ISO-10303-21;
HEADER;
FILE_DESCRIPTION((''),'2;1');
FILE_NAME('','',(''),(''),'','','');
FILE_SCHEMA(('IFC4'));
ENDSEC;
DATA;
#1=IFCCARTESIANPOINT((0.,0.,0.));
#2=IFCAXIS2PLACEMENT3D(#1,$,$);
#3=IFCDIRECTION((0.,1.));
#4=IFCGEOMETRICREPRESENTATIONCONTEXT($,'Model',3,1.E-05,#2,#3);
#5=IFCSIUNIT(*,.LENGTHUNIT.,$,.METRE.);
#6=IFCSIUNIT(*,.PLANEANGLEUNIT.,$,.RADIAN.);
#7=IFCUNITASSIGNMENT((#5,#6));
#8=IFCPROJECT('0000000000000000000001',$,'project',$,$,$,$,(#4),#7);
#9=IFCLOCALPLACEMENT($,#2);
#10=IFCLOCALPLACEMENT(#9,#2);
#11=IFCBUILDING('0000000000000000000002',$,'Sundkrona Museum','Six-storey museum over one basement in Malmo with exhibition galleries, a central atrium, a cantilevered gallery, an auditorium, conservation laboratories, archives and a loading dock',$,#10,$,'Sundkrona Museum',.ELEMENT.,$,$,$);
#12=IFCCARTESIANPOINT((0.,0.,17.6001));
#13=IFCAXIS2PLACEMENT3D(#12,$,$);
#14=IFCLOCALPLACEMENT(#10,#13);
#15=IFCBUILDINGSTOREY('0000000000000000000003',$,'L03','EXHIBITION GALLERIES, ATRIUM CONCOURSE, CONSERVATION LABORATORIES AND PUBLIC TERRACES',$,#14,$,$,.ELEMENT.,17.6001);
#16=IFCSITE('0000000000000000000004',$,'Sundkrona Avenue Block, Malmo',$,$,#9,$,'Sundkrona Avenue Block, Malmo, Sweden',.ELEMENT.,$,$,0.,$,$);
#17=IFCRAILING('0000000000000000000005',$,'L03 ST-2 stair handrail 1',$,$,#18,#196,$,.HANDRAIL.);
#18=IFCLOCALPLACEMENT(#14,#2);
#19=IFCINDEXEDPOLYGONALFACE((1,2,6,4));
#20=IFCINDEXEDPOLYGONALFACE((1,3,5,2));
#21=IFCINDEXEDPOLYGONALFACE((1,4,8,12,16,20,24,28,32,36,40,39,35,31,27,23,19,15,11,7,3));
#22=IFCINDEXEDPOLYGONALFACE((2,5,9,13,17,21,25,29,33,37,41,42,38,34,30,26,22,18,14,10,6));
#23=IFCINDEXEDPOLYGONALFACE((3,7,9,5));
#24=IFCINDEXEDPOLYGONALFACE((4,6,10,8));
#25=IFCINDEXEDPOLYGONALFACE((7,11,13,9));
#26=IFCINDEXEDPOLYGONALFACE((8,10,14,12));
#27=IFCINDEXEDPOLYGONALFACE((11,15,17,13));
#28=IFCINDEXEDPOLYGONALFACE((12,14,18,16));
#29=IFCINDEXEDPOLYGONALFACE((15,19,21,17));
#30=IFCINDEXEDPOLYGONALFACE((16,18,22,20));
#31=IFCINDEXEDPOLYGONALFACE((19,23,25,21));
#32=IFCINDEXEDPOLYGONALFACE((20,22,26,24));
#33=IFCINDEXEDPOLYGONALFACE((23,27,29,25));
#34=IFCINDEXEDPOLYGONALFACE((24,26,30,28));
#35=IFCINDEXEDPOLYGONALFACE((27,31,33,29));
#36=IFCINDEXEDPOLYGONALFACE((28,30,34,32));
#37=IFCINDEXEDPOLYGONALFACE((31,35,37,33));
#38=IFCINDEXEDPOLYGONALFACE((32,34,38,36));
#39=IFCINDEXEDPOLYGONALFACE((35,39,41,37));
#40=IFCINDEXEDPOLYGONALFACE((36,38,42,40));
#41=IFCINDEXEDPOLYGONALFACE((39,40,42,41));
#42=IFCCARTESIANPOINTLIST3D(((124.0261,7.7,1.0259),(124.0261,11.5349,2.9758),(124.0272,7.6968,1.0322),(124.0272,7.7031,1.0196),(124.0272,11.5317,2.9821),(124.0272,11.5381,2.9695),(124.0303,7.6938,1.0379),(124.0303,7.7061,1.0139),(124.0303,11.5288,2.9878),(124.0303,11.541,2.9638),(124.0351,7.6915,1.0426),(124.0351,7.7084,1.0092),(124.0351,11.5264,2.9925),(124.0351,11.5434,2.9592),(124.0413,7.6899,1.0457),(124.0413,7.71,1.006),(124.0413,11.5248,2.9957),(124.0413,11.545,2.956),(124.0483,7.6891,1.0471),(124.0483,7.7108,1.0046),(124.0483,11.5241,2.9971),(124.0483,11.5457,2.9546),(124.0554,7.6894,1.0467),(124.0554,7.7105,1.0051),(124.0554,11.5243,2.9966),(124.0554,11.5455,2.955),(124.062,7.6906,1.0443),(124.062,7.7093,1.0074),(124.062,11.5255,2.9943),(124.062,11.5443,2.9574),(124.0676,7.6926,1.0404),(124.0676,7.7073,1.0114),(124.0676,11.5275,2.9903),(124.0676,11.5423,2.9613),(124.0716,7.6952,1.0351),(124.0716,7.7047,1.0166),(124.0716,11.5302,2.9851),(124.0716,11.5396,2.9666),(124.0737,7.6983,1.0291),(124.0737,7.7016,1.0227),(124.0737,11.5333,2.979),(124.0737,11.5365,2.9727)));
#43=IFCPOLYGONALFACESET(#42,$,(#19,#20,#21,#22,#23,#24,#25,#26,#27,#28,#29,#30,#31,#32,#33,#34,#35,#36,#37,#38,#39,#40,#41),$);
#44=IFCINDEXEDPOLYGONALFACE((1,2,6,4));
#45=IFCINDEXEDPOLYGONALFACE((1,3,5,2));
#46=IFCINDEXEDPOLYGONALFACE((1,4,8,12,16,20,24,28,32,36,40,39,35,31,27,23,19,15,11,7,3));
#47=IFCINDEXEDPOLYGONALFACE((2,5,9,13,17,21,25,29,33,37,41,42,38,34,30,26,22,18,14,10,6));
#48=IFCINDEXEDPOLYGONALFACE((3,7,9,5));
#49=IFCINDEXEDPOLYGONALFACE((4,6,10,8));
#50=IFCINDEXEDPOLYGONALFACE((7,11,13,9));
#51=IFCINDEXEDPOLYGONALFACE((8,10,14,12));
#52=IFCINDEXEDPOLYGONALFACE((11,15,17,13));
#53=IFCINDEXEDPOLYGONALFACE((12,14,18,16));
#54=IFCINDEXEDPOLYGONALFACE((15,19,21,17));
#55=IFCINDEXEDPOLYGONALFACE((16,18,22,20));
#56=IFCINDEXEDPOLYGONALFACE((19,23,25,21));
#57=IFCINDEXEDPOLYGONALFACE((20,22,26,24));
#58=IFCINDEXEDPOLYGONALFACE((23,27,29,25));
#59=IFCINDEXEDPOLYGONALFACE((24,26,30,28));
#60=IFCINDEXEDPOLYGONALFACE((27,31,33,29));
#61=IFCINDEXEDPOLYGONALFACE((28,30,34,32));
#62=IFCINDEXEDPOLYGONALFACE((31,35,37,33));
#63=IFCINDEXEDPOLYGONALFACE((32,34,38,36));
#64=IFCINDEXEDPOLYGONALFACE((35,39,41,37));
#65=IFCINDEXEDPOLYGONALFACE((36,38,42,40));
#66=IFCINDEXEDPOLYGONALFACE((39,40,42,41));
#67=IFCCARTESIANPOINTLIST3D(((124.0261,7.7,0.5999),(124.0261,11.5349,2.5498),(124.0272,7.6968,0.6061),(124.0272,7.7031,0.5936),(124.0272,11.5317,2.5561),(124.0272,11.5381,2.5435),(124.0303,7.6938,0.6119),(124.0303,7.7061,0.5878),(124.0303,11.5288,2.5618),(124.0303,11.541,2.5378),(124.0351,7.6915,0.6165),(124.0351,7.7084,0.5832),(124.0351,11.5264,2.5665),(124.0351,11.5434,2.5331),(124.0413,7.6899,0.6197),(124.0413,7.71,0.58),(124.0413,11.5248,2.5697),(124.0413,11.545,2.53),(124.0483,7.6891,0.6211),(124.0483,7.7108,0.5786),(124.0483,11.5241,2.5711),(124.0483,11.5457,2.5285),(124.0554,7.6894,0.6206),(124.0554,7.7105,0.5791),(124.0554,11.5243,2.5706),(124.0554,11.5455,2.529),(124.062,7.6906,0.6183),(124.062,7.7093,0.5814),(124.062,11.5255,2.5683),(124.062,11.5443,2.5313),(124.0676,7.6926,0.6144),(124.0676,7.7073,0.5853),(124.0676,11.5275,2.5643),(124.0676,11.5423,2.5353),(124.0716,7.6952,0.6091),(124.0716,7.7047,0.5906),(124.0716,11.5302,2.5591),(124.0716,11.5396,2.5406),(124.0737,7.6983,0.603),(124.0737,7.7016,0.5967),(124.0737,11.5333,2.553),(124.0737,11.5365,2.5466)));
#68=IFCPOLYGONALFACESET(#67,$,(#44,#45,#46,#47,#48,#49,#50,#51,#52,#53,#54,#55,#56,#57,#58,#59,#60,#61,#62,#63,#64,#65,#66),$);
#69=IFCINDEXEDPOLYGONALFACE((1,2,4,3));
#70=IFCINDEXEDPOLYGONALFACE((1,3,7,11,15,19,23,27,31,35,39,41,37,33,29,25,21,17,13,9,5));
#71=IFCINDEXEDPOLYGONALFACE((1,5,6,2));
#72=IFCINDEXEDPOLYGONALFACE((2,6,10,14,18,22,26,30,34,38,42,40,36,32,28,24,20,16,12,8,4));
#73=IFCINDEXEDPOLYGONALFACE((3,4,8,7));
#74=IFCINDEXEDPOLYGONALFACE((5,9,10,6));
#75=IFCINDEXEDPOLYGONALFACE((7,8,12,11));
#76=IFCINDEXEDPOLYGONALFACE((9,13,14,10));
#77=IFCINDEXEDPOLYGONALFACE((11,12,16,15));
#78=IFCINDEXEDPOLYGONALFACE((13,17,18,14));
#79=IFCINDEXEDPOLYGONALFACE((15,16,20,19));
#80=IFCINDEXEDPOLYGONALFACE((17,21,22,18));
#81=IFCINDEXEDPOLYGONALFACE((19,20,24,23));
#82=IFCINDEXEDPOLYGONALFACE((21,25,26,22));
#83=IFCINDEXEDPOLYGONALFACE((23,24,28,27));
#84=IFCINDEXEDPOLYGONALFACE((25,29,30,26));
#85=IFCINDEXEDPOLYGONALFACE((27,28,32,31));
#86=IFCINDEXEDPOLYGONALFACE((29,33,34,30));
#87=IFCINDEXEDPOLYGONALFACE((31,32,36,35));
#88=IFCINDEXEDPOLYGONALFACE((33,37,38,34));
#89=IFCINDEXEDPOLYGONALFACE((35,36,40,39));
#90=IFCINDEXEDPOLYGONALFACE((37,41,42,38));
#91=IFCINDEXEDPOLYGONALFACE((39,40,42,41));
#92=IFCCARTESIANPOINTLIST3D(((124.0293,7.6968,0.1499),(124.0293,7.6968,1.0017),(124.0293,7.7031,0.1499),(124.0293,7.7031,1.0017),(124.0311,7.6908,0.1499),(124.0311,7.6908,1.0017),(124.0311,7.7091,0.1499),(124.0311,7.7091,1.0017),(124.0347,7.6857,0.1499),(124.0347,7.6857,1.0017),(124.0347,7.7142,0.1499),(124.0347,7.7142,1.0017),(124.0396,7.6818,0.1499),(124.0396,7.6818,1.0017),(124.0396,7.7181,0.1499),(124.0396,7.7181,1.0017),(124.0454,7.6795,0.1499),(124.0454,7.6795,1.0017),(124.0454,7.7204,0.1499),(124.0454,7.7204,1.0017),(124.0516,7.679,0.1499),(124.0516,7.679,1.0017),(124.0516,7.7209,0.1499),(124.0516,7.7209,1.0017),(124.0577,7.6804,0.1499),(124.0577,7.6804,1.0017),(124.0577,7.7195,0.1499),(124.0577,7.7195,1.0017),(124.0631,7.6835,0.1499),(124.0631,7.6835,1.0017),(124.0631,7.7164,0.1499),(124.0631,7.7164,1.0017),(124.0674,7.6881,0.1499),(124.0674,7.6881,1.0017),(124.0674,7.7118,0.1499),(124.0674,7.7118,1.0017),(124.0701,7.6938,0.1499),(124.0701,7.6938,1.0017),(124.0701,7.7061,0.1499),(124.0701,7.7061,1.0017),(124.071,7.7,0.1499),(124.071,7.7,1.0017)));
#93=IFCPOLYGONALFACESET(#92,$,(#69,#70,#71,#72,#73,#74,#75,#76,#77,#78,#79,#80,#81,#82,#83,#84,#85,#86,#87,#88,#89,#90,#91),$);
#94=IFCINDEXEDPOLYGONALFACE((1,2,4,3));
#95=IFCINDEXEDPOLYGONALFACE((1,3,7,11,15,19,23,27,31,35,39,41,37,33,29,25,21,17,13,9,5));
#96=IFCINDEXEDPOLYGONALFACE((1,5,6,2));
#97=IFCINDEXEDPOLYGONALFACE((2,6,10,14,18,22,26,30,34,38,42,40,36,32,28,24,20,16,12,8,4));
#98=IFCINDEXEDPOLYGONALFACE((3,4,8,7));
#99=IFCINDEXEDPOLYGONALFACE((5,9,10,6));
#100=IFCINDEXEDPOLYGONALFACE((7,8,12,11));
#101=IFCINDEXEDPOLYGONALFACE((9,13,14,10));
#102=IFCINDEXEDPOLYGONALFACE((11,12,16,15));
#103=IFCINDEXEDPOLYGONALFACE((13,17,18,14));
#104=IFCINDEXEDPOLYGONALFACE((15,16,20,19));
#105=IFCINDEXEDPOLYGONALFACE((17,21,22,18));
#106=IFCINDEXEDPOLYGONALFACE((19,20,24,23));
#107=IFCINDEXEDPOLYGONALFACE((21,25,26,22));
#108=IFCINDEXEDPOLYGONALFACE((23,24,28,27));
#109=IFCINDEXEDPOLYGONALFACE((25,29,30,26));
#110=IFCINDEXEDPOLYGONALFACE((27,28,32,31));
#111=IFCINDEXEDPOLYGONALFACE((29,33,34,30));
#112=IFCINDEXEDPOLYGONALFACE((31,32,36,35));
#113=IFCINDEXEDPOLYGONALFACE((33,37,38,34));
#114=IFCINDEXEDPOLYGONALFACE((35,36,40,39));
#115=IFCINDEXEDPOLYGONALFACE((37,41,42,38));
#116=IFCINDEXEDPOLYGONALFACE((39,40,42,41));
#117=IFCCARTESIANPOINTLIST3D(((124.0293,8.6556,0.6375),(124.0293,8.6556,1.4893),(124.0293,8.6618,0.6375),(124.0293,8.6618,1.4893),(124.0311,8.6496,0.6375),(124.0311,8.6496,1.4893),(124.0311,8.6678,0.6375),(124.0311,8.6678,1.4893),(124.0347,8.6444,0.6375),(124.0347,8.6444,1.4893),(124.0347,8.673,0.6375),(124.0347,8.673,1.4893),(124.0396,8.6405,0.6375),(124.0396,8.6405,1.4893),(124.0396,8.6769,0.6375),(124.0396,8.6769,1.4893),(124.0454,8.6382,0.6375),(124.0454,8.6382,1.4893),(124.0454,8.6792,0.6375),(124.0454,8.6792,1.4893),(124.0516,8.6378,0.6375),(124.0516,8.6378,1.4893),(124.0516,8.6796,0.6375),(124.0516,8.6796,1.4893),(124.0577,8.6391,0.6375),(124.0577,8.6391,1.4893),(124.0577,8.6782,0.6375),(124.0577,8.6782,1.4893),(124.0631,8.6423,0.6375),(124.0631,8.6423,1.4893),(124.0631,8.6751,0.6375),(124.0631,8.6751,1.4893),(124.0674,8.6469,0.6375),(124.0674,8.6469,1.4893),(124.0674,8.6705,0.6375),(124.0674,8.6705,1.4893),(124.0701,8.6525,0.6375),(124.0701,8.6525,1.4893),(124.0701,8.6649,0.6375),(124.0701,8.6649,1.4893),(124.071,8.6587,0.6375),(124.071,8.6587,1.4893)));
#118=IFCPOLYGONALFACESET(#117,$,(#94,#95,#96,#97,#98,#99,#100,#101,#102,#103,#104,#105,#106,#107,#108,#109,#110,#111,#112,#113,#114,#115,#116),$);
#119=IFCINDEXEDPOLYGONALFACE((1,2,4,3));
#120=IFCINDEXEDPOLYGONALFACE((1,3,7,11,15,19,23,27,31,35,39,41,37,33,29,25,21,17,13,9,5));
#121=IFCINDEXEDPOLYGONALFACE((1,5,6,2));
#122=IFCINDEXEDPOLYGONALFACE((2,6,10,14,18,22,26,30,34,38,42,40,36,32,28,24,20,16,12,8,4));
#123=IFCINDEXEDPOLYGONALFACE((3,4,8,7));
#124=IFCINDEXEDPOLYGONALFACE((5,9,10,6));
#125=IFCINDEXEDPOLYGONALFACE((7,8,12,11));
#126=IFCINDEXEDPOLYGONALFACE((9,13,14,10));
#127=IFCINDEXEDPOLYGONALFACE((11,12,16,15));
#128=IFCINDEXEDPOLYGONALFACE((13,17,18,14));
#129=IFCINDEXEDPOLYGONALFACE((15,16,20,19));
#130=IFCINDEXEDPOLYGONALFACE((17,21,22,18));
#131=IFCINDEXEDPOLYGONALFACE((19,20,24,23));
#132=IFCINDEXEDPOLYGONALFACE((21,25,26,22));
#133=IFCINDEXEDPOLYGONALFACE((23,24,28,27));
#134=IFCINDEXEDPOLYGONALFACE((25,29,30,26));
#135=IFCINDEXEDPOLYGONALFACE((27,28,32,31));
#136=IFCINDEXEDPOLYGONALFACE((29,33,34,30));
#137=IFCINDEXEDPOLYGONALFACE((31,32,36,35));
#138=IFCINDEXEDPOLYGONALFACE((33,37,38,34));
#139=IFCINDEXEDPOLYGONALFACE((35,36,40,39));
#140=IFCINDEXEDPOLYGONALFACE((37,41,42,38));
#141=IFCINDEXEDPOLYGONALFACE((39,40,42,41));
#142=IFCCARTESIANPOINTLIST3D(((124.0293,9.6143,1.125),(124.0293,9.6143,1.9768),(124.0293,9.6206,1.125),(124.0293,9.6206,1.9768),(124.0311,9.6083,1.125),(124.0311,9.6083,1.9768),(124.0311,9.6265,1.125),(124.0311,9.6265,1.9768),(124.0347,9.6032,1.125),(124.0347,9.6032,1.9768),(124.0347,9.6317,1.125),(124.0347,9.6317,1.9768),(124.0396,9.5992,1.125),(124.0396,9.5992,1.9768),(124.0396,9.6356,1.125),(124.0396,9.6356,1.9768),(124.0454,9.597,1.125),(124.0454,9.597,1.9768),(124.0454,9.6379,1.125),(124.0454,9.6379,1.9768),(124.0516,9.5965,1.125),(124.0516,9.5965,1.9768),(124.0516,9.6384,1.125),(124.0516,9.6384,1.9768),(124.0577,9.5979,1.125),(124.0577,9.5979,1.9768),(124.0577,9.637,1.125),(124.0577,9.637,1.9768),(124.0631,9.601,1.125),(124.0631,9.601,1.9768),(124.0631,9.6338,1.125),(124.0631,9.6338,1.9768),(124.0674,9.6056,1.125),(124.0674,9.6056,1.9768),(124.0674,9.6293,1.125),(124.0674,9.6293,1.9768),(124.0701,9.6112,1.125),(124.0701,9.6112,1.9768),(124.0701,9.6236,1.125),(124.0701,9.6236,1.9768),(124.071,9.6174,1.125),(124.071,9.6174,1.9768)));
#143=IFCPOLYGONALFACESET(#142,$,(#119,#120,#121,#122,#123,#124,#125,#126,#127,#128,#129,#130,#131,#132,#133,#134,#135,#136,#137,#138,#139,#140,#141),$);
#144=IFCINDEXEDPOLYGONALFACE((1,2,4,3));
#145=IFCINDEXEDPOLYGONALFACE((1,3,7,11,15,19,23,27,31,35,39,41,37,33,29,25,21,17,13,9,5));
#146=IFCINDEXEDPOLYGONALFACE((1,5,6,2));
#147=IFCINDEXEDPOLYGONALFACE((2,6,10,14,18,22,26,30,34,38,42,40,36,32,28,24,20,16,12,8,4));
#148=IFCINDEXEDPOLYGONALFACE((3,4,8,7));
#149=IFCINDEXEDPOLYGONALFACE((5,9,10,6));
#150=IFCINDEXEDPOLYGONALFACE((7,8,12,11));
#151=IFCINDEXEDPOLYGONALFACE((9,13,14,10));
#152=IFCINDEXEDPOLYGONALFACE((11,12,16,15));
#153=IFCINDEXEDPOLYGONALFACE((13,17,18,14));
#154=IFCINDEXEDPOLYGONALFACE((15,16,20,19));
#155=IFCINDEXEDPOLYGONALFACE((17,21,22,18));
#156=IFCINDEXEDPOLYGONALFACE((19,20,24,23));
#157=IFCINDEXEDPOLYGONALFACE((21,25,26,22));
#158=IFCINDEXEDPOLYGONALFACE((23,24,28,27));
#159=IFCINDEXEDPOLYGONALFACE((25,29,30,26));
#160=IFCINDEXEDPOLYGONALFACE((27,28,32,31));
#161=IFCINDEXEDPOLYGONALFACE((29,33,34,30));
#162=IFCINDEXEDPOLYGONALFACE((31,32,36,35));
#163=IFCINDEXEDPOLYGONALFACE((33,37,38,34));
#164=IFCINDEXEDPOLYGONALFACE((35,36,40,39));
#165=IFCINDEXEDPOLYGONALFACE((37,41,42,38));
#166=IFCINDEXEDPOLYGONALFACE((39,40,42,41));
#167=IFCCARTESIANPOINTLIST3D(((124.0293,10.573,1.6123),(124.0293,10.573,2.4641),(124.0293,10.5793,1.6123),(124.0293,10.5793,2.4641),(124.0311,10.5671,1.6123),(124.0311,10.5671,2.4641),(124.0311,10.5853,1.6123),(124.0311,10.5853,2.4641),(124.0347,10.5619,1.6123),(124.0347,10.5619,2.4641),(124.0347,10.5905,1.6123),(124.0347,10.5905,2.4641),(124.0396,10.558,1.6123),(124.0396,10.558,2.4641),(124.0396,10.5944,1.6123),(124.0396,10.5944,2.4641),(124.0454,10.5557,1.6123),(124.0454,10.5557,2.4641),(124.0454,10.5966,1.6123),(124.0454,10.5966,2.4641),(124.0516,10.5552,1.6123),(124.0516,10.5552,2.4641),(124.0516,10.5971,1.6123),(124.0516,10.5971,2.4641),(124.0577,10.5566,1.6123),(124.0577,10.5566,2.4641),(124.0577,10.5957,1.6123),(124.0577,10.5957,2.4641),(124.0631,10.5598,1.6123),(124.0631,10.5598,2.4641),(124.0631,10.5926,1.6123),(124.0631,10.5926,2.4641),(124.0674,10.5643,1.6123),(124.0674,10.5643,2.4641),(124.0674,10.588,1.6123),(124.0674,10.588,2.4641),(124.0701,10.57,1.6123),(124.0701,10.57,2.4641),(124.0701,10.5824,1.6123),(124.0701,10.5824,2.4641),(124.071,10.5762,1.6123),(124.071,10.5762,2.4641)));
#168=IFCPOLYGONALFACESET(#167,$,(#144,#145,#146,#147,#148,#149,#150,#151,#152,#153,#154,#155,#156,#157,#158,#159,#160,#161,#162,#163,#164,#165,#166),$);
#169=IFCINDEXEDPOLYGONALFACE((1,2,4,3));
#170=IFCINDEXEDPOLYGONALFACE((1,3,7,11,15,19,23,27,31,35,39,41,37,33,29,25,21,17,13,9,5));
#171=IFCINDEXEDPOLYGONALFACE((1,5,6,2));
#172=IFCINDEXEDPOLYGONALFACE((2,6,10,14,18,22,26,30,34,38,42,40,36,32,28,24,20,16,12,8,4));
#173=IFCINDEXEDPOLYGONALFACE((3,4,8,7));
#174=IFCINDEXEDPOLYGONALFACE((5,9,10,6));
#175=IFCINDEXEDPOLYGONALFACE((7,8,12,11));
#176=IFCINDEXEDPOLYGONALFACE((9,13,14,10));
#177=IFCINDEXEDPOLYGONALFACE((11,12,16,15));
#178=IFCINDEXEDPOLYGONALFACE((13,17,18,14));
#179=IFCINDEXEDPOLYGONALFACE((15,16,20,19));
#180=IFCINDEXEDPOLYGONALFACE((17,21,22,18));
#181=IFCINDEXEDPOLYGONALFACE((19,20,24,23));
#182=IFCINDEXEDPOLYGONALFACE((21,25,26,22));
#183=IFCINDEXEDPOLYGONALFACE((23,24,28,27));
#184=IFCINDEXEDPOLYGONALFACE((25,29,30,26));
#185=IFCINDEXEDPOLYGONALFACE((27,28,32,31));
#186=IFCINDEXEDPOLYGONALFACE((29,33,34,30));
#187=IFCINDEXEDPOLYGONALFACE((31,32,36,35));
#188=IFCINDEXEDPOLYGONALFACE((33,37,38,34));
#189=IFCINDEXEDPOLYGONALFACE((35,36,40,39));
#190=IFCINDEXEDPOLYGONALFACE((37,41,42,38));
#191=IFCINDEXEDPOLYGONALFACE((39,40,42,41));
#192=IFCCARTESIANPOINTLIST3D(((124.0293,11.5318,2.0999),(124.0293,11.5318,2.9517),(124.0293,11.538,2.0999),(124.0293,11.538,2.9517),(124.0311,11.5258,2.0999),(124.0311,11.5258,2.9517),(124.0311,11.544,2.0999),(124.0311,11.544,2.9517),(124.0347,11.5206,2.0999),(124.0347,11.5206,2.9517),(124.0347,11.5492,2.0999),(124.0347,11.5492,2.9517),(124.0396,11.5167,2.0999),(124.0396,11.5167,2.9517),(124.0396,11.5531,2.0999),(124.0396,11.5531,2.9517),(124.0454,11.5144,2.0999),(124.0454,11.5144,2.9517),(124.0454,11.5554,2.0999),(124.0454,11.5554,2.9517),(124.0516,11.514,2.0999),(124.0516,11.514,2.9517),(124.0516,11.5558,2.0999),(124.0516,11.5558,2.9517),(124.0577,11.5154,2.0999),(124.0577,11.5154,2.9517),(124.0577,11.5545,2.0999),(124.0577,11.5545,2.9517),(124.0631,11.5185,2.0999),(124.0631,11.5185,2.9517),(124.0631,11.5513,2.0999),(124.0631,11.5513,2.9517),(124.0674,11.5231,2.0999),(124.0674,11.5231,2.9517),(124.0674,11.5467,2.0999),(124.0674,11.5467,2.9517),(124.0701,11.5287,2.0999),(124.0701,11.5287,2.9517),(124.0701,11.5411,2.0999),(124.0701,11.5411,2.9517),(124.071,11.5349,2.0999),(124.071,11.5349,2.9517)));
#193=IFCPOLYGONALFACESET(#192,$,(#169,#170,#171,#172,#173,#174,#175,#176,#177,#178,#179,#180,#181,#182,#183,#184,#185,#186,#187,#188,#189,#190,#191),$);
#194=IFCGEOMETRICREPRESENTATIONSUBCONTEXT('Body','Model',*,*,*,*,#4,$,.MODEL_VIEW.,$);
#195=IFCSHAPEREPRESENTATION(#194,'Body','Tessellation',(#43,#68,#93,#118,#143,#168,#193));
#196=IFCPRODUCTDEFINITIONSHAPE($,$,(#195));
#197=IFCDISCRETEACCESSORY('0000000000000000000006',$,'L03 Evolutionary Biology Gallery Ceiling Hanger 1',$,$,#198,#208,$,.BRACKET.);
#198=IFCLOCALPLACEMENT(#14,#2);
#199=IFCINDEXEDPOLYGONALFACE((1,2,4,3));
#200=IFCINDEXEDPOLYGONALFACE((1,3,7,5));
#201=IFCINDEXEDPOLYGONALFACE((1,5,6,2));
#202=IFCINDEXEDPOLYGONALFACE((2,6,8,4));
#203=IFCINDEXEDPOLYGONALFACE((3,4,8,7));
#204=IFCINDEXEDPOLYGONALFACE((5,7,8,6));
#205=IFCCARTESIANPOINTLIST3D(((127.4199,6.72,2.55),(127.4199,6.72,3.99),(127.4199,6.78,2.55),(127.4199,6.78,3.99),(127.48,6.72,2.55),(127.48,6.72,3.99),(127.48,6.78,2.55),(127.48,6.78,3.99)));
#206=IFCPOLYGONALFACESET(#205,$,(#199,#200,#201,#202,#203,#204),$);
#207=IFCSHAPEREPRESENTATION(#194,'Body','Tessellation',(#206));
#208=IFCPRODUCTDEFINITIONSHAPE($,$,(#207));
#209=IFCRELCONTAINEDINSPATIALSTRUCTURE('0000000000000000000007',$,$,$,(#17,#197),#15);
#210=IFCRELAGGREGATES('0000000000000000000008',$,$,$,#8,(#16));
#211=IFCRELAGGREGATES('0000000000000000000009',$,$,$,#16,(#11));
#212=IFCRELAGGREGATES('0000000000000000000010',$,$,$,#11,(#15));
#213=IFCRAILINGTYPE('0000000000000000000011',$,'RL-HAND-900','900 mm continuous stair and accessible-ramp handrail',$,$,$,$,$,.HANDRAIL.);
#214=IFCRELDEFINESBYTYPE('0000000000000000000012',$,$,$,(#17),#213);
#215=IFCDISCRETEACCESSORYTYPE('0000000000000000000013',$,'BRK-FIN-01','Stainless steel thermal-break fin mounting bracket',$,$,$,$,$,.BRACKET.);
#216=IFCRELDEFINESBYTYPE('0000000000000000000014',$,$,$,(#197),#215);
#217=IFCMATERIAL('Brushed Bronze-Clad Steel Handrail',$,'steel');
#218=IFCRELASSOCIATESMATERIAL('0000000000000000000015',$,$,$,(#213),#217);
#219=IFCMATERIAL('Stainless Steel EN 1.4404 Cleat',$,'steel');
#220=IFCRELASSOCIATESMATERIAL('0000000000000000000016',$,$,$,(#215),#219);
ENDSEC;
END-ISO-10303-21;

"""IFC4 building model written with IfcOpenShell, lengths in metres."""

from ifc_helpers import new_model, si_unit, direction, frame, origin, origin_2d, place, context, subcontext, project, spatial, rectangle, circle, extrude, material, type_object, element, save


model = new_model("IFC4")

# Units and contexts
model_context = context("Model", 3, precision=1e-05, world=origin(), true_north=direction((0.0, 1.0)))
body_context = subcontext(model_context, "Body", "Model", "MODEL_VIEW")
ifc_project = project(units=[si_unit("LENGTHUNIT", "METRE"), si_unit("PLANEANGLEUNIT", "RADIAN")], contexts=[model_context])

# Site, building, storey
site_placement = place(None, origin())
site = spatial("IfcSite", under=ifc_project, at=site_placement, Name="Sundkrona Avenue Block, Malmo", LongName="Sundkrona Avenue Block, Malmo, Sweden", CompositionType="ELEMENT", RefElevation=0.0)
building_placement = place(site_placement, origin())
building = spatial("IfcBuilding", under=site, at=building_placement, Name="Sundkrona Museum", Description="Six-storey museum over one basement in Malmo with exhibition galleries, a central atrium, a cantilevered gallery, an auditorium, conservation laboratories, archives and a loading dock", LongName="Sundkrona Museum", CompositionType="ELEMENT")
storey_placement = place(building_placement, frame((0.0, 0.0, 17.6001)))
storey = spatial("IfcBuildingStorey", under=building, at=storey_placement, Name="L03", Description="EXHIBITION GALLERIES, ATRIUM CONCOURSE, CONSERVATION LABORATORIES AND PUBLIC TERRACES", CompositionType="ELEMENT", Elevation=17.6001)

# Railing
ifc_material_1 = material(Name="Brushed Bronze-Clad Steel Handrail", Category="steel")
railing_type = type_object("IfcRailingType", Name="RL-HAND-900", Description="900 mm continuous stair and accessible-ramp handrail", PredefinedType="HANDRAIL", material=ifc_material_1)
railing_placement = place(storey_placement, frame((124.05, 7.7, 0.1499)))
element("IfcRailing", 1, at=railing_placement, inside=storey, type_object=railing_type, Name="L03 ST-2 stair handrail 1", PredefinedType="HANDRAIL", context=body_context, shape_type="SweptSolid", body=[
    extrude(circle(Radius=0.0239, at=origin_2d()), frame((0.0, 0.0, 0.876), z_axis=(0.0, 0.891388, 0.453241), x_axis=(-1.0, 0.0, 0.0)), (0.0, 0.0, 1.0), 4.3022),
    extrude(circle(Radius=0.0239, at=origin_2d()), frame((0.0, 0.0, 0.45), z_axis=(0.0, 0.891388, 0.453241), x_axis=(-1.0, 0.0, 0.0)), (0.0, 0.0, 1.0), 4.3022),
    extrude(circle(Radius=0.021, at=origin_2d()), origin(), (0.0, 0.0, 1.0), 0.8518),
    extrude(circle(Radius=0.021, at=origin_2d()), frame((0.0, 0.9587, 0.4875)), (0.0, 0.0, 1.0), 0.8518),
    extrude(circle(Radius=0.021, at=origin_2d()), frame((0.0, 1.9175, 0.9751)), (0.0, 0.0, 1.0), 0.8518),
    extrude(circle(Radius=0.021, at=origin_2d()), frame((0.0, 2.8762, 1.4624)), (0.0, 0.0, 1.0), 0.8518),
    extrude(circle(Radius=0.021, at=origin_2d()), frame((0.0, 3.835, 1.95)), (0.0, 0.0, 1.0), 0.8518),
])

# Discrete accessory
ifc_material_2 = material(Name="Stainless Steel EN 1.4404 Cleat", Category="steel")
discrete_accessory_type = type_object("IfcDiscreteAccessoryType", Name="BRK-FIN-01", Description="Stainless steel thermal-break fin mounting bracket", PredefinedType="BRACKET", material=ifc_material_2)
for number, where, z_axis, x_axis, name in (
    (2, (127.45, 6.75, 2.55), (0.0, 0.0, 1.0), (1.0, 0.0, 0.0), "L03 Evolutionary Biology Gallery Ceiling Hanger 1"),
):
    element("IfcDiscreteAccessory", number, at=place(storey_placement, frame(where, z_axis=z_axis, x_axis=x_axis)), inside=storey, type_object=discrete_accessory_type, Name=name, PredefinedType="BRACKET", context=body_context, shape_type="SweptSolid", body=[
        extrude(rectangle(XDim=0.0601, YDim=0.0601, at=origin_2d()), origin(), (0.0, 0.0, 1.0), 1.4399),
    ])

save(model, "model.ifc")
